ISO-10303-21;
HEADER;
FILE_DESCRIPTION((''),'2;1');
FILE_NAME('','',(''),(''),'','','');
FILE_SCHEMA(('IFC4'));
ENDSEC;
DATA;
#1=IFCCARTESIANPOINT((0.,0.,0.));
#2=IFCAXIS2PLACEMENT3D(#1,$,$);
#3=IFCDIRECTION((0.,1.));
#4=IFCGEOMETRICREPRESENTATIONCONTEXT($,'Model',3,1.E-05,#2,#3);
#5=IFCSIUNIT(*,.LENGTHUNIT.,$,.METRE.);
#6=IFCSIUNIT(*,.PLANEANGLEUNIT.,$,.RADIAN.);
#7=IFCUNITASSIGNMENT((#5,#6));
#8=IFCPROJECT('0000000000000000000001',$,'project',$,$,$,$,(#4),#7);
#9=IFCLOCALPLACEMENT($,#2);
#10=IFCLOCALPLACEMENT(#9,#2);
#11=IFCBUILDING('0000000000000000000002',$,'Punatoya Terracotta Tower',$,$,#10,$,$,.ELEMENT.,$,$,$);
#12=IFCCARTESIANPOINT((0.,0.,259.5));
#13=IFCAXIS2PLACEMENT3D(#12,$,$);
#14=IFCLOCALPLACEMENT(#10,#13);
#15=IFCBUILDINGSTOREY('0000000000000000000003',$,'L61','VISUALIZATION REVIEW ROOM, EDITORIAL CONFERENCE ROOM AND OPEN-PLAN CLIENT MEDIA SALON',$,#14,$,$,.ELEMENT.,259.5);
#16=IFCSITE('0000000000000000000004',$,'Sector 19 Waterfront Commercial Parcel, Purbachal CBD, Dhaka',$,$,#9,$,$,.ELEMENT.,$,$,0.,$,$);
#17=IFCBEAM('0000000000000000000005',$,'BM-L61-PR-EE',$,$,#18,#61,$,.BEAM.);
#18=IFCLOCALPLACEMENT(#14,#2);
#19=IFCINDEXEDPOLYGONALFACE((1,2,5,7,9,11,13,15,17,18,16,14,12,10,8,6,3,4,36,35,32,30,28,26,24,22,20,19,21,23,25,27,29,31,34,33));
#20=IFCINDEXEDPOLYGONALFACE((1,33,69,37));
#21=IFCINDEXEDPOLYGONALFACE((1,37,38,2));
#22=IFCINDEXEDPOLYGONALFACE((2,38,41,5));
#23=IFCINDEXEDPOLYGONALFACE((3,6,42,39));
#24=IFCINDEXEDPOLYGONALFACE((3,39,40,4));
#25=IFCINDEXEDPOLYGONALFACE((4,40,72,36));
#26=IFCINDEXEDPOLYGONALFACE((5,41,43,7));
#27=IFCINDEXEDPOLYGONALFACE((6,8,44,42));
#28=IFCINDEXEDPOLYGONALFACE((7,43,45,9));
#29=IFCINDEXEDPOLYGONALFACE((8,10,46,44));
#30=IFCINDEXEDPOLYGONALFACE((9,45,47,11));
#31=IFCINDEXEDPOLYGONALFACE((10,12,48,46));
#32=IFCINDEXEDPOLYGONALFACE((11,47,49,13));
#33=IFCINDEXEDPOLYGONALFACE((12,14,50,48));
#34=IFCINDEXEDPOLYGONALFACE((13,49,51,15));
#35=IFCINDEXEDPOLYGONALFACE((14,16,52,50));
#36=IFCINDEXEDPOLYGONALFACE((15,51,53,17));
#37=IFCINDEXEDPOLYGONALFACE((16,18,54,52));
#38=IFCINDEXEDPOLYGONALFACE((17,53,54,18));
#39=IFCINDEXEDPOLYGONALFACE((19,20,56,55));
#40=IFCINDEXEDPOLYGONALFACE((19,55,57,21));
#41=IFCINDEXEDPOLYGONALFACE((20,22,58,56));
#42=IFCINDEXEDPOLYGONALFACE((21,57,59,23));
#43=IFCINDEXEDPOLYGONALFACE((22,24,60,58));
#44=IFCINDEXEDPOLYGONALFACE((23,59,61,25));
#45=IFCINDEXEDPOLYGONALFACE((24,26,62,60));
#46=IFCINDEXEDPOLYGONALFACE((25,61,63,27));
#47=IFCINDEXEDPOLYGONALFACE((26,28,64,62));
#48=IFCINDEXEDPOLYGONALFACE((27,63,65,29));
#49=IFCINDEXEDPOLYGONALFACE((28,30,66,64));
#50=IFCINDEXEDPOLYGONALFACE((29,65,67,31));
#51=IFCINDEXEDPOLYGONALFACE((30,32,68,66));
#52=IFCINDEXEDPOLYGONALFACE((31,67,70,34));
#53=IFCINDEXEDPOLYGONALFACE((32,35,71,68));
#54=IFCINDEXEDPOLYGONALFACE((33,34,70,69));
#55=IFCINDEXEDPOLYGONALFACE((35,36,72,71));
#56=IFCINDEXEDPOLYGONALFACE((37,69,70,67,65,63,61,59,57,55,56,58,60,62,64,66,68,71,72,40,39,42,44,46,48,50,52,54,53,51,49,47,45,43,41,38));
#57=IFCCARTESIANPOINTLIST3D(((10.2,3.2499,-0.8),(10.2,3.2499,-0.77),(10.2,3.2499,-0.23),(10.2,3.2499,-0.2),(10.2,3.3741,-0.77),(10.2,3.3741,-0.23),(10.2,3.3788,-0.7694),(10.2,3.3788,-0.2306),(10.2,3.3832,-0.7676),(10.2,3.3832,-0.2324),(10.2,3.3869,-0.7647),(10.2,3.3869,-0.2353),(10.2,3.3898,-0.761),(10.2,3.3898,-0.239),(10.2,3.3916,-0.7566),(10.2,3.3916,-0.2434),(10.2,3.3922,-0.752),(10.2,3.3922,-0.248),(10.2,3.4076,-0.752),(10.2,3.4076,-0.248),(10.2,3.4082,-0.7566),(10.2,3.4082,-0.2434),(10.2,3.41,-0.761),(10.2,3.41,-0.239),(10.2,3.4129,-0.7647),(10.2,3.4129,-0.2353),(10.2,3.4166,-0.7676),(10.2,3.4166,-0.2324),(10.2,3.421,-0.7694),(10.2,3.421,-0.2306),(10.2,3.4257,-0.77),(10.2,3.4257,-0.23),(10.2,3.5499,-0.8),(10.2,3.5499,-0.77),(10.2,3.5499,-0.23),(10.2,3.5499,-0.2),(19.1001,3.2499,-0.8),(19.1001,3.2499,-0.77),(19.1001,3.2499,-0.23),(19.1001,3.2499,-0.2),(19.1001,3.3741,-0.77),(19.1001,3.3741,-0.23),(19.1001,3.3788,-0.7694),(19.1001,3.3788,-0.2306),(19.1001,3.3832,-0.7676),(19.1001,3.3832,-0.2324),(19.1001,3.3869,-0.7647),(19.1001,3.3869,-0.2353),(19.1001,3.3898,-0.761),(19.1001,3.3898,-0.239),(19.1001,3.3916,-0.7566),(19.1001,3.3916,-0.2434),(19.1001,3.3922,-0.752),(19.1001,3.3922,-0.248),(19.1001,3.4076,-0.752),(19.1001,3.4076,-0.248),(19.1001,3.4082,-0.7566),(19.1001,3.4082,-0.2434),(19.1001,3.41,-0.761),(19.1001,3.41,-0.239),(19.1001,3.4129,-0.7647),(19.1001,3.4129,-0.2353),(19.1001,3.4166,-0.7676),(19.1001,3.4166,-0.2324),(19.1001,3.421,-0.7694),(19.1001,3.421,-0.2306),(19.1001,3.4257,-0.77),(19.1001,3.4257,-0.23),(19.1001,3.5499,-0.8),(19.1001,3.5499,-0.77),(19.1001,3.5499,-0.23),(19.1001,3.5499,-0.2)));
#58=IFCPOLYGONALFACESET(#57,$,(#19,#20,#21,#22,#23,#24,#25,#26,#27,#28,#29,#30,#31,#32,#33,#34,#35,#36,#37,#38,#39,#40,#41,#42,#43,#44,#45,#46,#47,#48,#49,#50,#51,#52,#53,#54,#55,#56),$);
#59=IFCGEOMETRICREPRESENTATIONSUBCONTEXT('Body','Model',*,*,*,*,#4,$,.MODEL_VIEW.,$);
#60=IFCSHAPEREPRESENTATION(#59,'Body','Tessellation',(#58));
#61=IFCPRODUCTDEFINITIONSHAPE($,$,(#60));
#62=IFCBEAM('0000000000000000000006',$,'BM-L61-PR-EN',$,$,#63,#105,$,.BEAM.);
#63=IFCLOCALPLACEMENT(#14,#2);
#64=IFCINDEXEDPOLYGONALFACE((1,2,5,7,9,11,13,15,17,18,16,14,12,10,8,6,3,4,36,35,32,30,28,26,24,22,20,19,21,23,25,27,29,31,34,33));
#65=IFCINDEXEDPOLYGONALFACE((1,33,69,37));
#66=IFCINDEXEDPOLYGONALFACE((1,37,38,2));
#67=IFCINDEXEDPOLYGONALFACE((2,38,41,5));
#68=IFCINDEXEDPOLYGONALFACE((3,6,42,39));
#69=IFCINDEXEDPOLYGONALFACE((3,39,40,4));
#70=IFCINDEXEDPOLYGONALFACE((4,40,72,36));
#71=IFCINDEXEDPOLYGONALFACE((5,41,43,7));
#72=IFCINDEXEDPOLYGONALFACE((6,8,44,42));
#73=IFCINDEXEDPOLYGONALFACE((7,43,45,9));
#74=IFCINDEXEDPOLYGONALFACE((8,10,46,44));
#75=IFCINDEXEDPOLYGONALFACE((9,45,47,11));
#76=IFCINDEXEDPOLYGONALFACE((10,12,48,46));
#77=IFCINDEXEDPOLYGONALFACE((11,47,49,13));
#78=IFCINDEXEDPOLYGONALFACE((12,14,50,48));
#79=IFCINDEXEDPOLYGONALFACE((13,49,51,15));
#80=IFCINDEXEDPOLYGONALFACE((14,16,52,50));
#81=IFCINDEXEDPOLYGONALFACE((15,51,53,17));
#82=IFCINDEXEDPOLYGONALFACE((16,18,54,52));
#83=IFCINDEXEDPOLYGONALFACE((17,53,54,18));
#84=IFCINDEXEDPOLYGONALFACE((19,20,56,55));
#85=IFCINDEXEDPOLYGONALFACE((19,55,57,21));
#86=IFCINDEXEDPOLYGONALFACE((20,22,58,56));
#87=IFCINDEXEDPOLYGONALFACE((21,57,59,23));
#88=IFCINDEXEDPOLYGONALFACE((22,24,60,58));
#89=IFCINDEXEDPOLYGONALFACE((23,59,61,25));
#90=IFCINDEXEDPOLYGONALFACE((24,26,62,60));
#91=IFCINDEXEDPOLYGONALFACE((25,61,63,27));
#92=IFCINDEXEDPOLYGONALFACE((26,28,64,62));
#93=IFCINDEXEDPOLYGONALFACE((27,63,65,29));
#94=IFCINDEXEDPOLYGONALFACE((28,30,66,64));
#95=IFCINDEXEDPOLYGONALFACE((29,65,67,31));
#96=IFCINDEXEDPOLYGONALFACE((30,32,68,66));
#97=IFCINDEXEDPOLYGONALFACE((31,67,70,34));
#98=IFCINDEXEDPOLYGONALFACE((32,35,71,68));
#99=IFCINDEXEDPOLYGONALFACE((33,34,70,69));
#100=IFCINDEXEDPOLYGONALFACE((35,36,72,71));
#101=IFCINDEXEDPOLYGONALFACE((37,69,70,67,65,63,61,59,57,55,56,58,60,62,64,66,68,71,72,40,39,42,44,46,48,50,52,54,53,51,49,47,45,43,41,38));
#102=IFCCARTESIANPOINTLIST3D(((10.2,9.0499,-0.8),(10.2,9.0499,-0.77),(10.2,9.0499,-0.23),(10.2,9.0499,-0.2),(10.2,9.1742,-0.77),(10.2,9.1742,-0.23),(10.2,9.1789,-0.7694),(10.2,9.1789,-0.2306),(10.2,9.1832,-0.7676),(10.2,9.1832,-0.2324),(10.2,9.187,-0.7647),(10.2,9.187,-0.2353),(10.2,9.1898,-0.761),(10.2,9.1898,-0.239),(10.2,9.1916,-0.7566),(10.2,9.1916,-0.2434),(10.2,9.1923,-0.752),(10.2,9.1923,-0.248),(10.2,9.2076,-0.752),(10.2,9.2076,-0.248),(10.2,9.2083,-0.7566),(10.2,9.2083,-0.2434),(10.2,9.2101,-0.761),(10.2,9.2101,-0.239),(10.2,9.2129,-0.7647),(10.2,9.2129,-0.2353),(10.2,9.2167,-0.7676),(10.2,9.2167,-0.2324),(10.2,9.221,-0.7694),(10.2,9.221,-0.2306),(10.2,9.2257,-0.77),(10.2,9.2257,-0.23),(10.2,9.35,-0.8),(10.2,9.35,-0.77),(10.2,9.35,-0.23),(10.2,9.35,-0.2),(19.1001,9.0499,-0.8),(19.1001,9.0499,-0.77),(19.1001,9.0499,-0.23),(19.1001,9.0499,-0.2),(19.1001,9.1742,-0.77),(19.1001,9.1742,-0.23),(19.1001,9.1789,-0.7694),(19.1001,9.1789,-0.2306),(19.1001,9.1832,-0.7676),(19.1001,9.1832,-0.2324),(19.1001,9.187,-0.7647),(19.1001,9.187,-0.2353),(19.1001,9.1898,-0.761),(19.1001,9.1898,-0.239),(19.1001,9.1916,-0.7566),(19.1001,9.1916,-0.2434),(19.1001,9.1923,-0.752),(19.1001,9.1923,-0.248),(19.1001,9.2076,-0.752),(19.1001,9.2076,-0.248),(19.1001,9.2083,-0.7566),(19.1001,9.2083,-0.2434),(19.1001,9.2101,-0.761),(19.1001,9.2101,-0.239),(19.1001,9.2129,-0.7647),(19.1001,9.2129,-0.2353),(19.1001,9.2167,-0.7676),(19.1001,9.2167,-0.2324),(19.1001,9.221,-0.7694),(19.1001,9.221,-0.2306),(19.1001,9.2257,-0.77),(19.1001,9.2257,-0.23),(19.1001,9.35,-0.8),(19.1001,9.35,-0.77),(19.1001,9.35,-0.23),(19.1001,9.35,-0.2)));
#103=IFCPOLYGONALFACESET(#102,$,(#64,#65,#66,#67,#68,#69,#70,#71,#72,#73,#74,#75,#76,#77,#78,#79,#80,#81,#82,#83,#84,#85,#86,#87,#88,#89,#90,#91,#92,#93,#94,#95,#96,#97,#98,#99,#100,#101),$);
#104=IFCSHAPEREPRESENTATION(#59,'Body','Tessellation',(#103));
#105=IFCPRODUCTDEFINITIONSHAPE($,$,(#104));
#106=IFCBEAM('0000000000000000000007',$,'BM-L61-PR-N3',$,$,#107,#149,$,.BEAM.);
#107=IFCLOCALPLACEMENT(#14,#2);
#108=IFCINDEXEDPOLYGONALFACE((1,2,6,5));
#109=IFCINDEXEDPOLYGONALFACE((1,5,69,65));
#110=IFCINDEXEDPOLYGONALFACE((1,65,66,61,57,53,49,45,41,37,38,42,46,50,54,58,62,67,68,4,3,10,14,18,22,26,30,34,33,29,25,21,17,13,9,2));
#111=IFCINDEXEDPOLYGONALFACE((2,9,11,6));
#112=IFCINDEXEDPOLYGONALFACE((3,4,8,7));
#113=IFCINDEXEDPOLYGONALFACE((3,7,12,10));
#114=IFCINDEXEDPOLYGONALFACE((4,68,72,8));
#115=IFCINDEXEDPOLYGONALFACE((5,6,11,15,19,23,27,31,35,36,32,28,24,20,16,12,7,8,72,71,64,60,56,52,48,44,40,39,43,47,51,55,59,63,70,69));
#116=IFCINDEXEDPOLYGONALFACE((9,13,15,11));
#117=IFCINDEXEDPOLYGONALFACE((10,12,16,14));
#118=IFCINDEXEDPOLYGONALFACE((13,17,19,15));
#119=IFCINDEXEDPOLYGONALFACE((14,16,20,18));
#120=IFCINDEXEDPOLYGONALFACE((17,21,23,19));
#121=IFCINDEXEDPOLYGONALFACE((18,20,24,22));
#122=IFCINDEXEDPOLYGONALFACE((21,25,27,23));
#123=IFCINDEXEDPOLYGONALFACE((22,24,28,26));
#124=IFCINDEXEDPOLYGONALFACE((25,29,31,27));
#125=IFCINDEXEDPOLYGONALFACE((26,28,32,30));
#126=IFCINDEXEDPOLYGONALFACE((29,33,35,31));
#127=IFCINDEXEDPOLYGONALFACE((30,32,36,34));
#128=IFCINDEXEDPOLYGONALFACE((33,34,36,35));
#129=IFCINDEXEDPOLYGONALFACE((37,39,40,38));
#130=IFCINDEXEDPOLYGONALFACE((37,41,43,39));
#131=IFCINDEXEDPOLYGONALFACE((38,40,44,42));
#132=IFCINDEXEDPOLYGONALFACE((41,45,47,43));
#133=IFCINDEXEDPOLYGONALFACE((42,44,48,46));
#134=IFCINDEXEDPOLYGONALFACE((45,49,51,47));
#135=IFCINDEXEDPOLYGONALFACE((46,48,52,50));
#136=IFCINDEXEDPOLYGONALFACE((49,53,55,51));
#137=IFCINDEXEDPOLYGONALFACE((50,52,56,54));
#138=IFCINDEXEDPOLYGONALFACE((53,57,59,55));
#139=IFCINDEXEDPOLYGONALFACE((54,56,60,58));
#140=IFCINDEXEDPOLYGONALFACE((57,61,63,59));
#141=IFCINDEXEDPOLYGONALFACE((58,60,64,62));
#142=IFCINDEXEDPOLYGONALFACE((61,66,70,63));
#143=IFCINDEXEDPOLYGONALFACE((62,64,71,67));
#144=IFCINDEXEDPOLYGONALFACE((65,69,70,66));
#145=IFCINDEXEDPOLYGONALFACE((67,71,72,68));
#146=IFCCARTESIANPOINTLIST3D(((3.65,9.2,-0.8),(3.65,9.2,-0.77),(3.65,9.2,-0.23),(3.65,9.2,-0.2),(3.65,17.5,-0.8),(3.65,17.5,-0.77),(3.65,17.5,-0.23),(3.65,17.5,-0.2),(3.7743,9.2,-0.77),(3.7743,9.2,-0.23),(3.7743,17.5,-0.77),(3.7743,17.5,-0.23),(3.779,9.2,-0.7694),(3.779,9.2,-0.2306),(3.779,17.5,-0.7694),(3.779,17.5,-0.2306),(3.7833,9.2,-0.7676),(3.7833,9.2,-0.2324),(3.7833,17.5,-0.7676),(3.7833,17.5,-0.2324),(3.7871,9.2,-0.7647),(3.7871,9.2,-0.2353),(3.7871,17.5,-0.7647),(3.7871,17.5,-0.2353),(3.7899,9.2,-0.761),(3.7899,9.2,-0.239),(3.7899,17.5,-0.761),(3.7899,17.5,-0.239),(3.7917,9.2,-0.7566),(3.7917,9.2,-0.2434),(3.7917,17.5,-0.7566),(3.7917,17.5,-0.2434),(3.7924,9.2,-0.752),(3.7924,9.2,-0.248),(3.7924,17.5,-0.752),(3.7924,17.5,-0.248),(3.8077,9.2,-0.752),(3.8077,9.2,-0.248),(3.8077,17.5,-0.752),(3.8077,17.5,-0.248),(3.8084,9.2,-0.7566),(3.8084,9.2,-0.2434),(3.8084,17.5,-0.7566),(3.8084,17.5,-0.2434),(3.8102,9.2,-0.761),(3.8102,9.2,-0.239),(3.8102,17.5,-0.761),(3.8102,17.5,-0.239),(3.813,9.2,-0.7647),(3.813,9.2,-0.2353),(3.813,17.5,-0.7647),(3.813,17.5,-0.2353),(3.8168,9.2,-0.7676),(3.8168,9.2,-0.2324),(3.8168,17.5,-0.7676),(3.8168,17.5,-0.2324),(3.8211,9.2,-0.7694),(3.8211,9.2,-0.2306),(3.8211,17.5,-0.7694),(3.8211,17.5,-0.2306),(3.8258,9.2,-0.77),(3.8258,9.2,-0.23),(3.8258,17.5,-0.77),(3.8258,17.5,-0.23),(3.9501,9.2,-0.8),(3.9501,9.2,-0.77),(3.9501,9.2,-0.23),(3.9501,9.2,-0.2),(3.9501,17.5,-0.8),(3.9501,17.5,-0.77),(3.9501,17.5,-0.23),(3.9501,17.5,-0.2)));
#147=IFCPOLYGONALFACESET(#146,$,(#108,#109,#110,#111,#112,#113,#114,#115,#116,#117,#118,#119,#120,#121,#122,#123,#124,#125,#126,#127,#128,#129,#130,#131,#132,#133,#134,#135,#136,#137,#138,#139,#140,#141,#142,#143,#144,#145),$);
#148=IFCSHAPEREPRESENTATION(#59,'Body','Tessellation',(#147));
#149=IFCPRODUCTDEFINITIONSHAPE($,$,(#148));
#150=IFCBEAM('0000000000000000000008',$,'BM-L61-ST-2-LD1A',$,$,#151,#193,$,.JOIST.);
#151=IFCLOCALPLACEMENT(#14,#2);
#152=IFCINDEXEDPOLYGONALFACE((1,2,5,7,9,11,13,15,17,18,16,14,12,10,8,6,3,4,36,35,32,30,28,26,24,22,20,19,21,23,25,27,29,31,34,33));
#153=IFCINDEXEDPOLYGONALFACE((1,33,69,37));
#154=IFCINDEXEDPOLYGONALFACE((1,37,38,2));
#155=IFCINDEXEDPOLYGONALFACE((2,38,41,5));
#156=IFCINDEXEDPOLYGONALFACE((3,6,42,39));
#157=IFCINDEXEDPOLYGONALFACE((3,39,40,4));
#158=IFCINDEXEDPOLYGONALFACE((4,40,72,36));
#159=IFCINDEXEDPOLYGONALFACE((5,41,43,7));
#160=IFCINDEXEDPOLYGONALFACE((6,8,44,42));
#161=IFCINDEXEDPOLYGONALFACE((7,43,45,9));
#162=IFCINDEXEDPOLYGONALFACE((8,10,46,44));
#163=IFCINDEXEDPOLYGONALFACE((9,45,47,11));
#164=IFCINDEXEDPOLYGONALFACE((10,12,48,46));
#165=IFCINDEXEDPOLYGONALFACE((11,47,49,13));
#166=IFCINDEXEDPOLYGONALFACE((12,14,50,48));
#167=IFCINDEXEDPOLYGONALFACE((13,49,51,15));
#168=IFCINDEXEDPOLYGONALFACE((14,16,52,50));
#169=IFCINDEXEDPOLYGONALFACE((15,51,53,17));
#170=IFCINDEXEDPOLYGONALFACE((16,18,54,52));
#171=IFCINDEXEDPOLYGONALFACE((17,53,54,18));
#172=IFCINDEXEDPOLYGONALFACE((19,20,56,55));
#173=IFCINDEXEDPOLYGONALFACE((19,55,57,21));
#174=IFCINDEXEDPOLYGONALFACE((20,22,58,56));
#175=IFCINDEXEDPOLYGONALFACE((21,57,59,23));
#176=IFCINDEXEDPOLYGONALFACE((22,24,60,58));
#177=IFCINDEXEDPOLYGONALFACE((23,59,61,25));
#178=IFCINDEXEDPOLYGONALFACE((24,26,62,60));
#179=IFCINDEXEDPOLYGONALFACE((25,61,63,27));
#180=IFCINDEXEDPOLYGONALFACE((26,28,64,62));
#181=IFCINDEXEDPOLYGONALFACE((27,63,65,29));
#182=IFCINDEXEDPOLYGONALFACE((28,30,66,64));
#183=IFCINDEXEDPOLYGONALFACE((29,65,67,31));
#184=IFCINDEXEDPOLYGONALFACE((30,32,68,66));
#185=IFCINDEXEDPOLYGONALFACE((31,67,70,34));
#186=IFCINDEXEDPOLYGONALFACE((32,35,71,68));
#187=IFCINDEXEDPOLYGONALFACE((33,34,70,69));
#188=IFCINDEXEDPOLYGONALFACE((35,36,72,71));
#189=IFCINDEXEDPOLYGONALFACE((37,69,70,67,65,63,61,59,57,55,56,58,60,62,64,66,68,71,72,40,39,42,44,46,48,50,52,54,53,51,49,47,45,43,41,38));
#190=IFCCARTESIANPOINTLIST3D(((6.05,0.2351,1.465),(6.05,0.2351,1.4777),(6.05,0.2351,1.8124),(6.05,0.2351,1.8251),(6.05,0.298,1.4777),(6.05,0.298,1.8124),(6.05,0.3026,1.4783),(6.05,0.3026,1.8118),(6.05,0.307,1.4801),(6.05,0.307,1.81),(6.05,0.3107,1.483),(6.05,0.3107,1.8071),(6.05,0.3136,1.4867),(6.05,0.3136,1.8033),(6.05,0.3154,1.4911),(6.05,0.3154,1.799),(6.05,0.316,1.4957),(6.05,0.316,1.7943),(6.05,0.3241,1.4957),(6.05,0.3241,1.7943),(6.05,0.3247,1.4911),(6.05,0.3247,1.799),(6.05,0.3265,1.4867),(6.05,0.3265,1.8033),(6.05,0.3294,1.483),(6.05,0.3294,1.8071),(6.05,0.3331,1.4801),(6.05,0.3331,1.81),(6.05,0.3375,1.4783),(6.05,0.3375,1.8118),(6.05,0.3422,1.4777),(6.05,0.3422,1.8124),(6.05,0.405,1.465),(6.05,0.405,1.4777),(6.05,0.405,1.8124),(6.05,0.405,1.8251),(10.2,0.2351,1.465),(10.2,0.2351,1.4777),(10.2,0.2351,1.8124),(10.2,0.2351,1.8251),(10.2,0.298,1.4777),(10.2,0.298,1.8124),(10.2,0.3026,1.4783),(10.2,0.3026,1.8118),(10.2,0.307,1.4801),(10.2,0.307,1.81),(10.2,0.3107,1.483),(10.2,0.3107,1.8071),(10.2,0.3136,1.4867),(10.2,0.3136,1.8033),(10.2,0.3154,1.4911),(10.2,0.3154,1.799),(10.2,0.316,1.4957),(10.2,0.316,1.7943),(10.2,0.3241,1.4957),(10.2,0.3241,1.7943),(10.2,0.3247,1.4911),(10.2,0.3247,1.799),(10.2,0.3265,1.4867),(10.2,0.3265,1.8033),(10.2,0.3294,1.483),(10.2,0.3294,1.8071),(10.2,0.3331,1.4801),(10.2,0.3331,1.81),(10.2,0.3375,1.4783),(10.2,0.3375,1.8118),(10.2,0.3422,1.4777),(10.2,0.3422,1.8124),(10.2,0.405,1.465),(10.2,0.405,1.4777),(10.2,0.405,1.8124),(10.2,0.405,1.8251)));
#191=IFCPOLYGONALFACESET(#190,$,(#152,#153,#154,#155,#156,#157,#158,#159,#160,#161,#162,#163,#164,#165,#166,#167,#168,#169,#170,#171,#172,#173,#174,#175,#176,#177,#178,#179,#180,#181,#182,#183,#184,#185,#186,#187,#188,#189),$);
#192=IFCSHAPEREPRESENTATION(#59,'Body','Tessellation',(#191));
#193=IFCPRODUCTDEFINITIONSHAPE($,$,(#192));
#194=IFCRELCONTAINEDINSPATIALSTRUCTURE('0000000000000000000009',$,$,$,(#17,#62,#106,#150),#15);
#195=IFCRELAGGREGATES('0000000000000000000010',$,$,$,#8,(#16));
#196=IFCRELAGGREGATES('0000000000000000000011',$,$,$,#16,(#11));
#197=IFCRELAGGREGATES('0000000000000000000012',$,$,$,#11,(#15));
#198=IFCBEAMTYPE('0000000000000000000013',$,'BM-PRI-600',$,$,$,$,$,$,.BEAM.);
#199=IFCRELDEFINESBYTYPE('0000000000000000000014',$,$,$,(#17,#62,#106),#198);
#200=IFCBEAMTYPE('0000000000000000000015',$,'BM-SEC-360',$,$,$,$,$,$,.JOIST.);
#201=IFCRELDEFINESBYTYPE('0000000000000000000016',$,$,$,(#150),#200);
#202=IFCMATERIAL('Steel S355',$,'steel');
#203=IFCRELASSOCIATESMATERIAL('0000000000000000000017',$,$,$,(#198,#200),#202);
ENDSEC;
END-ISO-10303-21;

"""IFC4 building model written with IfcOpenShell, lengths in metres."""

from ifc_helpers import new_model, si_unit, direction, frame, origin, origin_2d, place, context, subcontext, project, spatial, i_section, extrude, material, material_profile, profile_set, type_object, element, save


model = new_model("IFC4")

# Units and contexts
model_context = context("Model", 3, precision=1e-05, world=origin(), true_north=direction((0.0, 1.0)))
body_context = subcontext(model_context, "Body", "Model", "MODEL_VIEW")
ifc_project = project(units=[si_unit("LENGTHUNIT", "METRE"), si_unit("PLANEANGLEUNIT", "RADIAN")], contexts=[model_context])

# Site, building, storey
site_placement = place(None, origin())
site = spatial("IfcSite", under=ifc_project, at=site_placement, Name="Sector 19 Waterfront Commercial Parcel, Purbachal CBD, Dhaka", CompositionType="ELEMENT", RefElevation=0.0)
building_placement = place(site_placement, origin())
building = spatial("IfcBuilding", under=site, at=building_placement, Name="Punatoya Terracotta Tower", CompositionType="ELEMENT")
storey_placement = place(building_placement, frame((0.0, 0.0, 259.5)))
storey = spatial("IfcBuildingStorey", under=building, at=storey_placement, Name="L61", Description="VISUALIZATION REVIEW ROOM, EDITORIAL CONFERENCE ROOM AND OPEN-PLAN CLIENT MEDIA SALON", CompositionType="ELEMENT", Elevation=259.5)

# Beams
ifc_material_1 = material(Name="Steel S355", Category="steel")
ifc_material_profile_1 = material_profile(ifc_material_1, i_section(OverallWidth=0.3, OverallDepth=0.6001, WebThickness=0.0154, FlangeThickness=0.03, FilletRadius=0.0181, at=origin_2d()))
ifc_profile_set_1 = profile_set([ifc_material_profile_1], Name="Steel S355")
beam_type_1 = type_object("IfcBeamType", Name="BM-PRI-600", PredefinedType="BEAM", material=ifc_profile_set_1)
for number, where, z_axis, x_axis, name in (
    (1, (10.2, 3.3999, -0.5), (1.0, 0.0, 0.0), (0.0, 1.0, 0.0), "BM-L61-PR-EE"),
    (2, (10.2, 9.2, -0.5), (1.0, 0.0, 0.0), (0.0, 1.0, 0.0), "BM-L61-PR-EN"),
):
    element("IfcBeam", number, at=place(storey_placement, frame(where, z_axis=z_axis, x_axis=x_axis)), inside=storey, type_object=beam_type_1, Name=name, PredefinedType="BEAM", context=body_context, shape_type="SweptSolid", body=[
        extrude(i_section(OverallWidth=0.3, OverallDepth=0.6001, WebThickness=0.0154, FlangeThickness=0.03, FilletRadius=0.0181, at=origin_2d()), origin(), (0.0, 0.0, 1.0), 8.9001),
    ])
beam_placement = place(storey_placement, frame((3.8, 9.2, -0.5), z_axis=(0.0, 1.0, 0.0), x_axis=(-1.0, 0.0, 0.0)))
element("IfcBeam", 3, at=beam_placement, inside=storey, type_object=beam_type_1, Name="BM-L61-PR-N3", PredefinedType="BEAM", context=body_context, shape_type="SweptSolid", body=[
    extrude(i_section(OverallWidth=0.3, OverallDepth=0.6001, WebThickness=0.0154, FlangeThickness=0.03, FilletRadius=0.0181, at=origin_2d()), origin(), (0.0, 0.0, 1.0), 8.3),
])
ifc_material_profile_2 = material_profile(ifc_material_1, i_section(OverallWidth=0.1699, OverallDepth=0.3601, WebThickness=0.0081, FlangeThickness=0.0127, FilletRadius=0.0181, at=origin_2d()))
ifc_profile_set_2 = profile_set([ifc_material_profile_2], Name="Steel S355")
beam_type_2 = type_object("IfcBeamType", Name="BM-SEC-360", PredefinedType="JOIST", material=ifc_profile_set_2)
for number, where, z_axis, x_axis, name in (
    (4, (6.05, 0.3201, 1.645), (1.0, 0.0, 0.0), (0.0, 1.0, 0.0), "BM-L61-ST-2-LD1A"),
):
    element("IfcBeam", number, at=place(storey_placement, frame(where, z_axis=z_axis, x_axis=x_axis)), inside=storey, type_object=beam_type_2, Name=name, PredefinedType="JOIST", context=body_context, shape_type="SweptSolid", body=[
        extrude(i_section(OverallWidth=0.1699, OverallDepth=0.3601, WebThickness=0.0081, FlangeThickness=0.0127, FilletRadius=0.0181, at=origin_2d()), origin(), (0.0, 0.0, 1.0), 4.1499),
    ])

save(model, "model.ifc")
